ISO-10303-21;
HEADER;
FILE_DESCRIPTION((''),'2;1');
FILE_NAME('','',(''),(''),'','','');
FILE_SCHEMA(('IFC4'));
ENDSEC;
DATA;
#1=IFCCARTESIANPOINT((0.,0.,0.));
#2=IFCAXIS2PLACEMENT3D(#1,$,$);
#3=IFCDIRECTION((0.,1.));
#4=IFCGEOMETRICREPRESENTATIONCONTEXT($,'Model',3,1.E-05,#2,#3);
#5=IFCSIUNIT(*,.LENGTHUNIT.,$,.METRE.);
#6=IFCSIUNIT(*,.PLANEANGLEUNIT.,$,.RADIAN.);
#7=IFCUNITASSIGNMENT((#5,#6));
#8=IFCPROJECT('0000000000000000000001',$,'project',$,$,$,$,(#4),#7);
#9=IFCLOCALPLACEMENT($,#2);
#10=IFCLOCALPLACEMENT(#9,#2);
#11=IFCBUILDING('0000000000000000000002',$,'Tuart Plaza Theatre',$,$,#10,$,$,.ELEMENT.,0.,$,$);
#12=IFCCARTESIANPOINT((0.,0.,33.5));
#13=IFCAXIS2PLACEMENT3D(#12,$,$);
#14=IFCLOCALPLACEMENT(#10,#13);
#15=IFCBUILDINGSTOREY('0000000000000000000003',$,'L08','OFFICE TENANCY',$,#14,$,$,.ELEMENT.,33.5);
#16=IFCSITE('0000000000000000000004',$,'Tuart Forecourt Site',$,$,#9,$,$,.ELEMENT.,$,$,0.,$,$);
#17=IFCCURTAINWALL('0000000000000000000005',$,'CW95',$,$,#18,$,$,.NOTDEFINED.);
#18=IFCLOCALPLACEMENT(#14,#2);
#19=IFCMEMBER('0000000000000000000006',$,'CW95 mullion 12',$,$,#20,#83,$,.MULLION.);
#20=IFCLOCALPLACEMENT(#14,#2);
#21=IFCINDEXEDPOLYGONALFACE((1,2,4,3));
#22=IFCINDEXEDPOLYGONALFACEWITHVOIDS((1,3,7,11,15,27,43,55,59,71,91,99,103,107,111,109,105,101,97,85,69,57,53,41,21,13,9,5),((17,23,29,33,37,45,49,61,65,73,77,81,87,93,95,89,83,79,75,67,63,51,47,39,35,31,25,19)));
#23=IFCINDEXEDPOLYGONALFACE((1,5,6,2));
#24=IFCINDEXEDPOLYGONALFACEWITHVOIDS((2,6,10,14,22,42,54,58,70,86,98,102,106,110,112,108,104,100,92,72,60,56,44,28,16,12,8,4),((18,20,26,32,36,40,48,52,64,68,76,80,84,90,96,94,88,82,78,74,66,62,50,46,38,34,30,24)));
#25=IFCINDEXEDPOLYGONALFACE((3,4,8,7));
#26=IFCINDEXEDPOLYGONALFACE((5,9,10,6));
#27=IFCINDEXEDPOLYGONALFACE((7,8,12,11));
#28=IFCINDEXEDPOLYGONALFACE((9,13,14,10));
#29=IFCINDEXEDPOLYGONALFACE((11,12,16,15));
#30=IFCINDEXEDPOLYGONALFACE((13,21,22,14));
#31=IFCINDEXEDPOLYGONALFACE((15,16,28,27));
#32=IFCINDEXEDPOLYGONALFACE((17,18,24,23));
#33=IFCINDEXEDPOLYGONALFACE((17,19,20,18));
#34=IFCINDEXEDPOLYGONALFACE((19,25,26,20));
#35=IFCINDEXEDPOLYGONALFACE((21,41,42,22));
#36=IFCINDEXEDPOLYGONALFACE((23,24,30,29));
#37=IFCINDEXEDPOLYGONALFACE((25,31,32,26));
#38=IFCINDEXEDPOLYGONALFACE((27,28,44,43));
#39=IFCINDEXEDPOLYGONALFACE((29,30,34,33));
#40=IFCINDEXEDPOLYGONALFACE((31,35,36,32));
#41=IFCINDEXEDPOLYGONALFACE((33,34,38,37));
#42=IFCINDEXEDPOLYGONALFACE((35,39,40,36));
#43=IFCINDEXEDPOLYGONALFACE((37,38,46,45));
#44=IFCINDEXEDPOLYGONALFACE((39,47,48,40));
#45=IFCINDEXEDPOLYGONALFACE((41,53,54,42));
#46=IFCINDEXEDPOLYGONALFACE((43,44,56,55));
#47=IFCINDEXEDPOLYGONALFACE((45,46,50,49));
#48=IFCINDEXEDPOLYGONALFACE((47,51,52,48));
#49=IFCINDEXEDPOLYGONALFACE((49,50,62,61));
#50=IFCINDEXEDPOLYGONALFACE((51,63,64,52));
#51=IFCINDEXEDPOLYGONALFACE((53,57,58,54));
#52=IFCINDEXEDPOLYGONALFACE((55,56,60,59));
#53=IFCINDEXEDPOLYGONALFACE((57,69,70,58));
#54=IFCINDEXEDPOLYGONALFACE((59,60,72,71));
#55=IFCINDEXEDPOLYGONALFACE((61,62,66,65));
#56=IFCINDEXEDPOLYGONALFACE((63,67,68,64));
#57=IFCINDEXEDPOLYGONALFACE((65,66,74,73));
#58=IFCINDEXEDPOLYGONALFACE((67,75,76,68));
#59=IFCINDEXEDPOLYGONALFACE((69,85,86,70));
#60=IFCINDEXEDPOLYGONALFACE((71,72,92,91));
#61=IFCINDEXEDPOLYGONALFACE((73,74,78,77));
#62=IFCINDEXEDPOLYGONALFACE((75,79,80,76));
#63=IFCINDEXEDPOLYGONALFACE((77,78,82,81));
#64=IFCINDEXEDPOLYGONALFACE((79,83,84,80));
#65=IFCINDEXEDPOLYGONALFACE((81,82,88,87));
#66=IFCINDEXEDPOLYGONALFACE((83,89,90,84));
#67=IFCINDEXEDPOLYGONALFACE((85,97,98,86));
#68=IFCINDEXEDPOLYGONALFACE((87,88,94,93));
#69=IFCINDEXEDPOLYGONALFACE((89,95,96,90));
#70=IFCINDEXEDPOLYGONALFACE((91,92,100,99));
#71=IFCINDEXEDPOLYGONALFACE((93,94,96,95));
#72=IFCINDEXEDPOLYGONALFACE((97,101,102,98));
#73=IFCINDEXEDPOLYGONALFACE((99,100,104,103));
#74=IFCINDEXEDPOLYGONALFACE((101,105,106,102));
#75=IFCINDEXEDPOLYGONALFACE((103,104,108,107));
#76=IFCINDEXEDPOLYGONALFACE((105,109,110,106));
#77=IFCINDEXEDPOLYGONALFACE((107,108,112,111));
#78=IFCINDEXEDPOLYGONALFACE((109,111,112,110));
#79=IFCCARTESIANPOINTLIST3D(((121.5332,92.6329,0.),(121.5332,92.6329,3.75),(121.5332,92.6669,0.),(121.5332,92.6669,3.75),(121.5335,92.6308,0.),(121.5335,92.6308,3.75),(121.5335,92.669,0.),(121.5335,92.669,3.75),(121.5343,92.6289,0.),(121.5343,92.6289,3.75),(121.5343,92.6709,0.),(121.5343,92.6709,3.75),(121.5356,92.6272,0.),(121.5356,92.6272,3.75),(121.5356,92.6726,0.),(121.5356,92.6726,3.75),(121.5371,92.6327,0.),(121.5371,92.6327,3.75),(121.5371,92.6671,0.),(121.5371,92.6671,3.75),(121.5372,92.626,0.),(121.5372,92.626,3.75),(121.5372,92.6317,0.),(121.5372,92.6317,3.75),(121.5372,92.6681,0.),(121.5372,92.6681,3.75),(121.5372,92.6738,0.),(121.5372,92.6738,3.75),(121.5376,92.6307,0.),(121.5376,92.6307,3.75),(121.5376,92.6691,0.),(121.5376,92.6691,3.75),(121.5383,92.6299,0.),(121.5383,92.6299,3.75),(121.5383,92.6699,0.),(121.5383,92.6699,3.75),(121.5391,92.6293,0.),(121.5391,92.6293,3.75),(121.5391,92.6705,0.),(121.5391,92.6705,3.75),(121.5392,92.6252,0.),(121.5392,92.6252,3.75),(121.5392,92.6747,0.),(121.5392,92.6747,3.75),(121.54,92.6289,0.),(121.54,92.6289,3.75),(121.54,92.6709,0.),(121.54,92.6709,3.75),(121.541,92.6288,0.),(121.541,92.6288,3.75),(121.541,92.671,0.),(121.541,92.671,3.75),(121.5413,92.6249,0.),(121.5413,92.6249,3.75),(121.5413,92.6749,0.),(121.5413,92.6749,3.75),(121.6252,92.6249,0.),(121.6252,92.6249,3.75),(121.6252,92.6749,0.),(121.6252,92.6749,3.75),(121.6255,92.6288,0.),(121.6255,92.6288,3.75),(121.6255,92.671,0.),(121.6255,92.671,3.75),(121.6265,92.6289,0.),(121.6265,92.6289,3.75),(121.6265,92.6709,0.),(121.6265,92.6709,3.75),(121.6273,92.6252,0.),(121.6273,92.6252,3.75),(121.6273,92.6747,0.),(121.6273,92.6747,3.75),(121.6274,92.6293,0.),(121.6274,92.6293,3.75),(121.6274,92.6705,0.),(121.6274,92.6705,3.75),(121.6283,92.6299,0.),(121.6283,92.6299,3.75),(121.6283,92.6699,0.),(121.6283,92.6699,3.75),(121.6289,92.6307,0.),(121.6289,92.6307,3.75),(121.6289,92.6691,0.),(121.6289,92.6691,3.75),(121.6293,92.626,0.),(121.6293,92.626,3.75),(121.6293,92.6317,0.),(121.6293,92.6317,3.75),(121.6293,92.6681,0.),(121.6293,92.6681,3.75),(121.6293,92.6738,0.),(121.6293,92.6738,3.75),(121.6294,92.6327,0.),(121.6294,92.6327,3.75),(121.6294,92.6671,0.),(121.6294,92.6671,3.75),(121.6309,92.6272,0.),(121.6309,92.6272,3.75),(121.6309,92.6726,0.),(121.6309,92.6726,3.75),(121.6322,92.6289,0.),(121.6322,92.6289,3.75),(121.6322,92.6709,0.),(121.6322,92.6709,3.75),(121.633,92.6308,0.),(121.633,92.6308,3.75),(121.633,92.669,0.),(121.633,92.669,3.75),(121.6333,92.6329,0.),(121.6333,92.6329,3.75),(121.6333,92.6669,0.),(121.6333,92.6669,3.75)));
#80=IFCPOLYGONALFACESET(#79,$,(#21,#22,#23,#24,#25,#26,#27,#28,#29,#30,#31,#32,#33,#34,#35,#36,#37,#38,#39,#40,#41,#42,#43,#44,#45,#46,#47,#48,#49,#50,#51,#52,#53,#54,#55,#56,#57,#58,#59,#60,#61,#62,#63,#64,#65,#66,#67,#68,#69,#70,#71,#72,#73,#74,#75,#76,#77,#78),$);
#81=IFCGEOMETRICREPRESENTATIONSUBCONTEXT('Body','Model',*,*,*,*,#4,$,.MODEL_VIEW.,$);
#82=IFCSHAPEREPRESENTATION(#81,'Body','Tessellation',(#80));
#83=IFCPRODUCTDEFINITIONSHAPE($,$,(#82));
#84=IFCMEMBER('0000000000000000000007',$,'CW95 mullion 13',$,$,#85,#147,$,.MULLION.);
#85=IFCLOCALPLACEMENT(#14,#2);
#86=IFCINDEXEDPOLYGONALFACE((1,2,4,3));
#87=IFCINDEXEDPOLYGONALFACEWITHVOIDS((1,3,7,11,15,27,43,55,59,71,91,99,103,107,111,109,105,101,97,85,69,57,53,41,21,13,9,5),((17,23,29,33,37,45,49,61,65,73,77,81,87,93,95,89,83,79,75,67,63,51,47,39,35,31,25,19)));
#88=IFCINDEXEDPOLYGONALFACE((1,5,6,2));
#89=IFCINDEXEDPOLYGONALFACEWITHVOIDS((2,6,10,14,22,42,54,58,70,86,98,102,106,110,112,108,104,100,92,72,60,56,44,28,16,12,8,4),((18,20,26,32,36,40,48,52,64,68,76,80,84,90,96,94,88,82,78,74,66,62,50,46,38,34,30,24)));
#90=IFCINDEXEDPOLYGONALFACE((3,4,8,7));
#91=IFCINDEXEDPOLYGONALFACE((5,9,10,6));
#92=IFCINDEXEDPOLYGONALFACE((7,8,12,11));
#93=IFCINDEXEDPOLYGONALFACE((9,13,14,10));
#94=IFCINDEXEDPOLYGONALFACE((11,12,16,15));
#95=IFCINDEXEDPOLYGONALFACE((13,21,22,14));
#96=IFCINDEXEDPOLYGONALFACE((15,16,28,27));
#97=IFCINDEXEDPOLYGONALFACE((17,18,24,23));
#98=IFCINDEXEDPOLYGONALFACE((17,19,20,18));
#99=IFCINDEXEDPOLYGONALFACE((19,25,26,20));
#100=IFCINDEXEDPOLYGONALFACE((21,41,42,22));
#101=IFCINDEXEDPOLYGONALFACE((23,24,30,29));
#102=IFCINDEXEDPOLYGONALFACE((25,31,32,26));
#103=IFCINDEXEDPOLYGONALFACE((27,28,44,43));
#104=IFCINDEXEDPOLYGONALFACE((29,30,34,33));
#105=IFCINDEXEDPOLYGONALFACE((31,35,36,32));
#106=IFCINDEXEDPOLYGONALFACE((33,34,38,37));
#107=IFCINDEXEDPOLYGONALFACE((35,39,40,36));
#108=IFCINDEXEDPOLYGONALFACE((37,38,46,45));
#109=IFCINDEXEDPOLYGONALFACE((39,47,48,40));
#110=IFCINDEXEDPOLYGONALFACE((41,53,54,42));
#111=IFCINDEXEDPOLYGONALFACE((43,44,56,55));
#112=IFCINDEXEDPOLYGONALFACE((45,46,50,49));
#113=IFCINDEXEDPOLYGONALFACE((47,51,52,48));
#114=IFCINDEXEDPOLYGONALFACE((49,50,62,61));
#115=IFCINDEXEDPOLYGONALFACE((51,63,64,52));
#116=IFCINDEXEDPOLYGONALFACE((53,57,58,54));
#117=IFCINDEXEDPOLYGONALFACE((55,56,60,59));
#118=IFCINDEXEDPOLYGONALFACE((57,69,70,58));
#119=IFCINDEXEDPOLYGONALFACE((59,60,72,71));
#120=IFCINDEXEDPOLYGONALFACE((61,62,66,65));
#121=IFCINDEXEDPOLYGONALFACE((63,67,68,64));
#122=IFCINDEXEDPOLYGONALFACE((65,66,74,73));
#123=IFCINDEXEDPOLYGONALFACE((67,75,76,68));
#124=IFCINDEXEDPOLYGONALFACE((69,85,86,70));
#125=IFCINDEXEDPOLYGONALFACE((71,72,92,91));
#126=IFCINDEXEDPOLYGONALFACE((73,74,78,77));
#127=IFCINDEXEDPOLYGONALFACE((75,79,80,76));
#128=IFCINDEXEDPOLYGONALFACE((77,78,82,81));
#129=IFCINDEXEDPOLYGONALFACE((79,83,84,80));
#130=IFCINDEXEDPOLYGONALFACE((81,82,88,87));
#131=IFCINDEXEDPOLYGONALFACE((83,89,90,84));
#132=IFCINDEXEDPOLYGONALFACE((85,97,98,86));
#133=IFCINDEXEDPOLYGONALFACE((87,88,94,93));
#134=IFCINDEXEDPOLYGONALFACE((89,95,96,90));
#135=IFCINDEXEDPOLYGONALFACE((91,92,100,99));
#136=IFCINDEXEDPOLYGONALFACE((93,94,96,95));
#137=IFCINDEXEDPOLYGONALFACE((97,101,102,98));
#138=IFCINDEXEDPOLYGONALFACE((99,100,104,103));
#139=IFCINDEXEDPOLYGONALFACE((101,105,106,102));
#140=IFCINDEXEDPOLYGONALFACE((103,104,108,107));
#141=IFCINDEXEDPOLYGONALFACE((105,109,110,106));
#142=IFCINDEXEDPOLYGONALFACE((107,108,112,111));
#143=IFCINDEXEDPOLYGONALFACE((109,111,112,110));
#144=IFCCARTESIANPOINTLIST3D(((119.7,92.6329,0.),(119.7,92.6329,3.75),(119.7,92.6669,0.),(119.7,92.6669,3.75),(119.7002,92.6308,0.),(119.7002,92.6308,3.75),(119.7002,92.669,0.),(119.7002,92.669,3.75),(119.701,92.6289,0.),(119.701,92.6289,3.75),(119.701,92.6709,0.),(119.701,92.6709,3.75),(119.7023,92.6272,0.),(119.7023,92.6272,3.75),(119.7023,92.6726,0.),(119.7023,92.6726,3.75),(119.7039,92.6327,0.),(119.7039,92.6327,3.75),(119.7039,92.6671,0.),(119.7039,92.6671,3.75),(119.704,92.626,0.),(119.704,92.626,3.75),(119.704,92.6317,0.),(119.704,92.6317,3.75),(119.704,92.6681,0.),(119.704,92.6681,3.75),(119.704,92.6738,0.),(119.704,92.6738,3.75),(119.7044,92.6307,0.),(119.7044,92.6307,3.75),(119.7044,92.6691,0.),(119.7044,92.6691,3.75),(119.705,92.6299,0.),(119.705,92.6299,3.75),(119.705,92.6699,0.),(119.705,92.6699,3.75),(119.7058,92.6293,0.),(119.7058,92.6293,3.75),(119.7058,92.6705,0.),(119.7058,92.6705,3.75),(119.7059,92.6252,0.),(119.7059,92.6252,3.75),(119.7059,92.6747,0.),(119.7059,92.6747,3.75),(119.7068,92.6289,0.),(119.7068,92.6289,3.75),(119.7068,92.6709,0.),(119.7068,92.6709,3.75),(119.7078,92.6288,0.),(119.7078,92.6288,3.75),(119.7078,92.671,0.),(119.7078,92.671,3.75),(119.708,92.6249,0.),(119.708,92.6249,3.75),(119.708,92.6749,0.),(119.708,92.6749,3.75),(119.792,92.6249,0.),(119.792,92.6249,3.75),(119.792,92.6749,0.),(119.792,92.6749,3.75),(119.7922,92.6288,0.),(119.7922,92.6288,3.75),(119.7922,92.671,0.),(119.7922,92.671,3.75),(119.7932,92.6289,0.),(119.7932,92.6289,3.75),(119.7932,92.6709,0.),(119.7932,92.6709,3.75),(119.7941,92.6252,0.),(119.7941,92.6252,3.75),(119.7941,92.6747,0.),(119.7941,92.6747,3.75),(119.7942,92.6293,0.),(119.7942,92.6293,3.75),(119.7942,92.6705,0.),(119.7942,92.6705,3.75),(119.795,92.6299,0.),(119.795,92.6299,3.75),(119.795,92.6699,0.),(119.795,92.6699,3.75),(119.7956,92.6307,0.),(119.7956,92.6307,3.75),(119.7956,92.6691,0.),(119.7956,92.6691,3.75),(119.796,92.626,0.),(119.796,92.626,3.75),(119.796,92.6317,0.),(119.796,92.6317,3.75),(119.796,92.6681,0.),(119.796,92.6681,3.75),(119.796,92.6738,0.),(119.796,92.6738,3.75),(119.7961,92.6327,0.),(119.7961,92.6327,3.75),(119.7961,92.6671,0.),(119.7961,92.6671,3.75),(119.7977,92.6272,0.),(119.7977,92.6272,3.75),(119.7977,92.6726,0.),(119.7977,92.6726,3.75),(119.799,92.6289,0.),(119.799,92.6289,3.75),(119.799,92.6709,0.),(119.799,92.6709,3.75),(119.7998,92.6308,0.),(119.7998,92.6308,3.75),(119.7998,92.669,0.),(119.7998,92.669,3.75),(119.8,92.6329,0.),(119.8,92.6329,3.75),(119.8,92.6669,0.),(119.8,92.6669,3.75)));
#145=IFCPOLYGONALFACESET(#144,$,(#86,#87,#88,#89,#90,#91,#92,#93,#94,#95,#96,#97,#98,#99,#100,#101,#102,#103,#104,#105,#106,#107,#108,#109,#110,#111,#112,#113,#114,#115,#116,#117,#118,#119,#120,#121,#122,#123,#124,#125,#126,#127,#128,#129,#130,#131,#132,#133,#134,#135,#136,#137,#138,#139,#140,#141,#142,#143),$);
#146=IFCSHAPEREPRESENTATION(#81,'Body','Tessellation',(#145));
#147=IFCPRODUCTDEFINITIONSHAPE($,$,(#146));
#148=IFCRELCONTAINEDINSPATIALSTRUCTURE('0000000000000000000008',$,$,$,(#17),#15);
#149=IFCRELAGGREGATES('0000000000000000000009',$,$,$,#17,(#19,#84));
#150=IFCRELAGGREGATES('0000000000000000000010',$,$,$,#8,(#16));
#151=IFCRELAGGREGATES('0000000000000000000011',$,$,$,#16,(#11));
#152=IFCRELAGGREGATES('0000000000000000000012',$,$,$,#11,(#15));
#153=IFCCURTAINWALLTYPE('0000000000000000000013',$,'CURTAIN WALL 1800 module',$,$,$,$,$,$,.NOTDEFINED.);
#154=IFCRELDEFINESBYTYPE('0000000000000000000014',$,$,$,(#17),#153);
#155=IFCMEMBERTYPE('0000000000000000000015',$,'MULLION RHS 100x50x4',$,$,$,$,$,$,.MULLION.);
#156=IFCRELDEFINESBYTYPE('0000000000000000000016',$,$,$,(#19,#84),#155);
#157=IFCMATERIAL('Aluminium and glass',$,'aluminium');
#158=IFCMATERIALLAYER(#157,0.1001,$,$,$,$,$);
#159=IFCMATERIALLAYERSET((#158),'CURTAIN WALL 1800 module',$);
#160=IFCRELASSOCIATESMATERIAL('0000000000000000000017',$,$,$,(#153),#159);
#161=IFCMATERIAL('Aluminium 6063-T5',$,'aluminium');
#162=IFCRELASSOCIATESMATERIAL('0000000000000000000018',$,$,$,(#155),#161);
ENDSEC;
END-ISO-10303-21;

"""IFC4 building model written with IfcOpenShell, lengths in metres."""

from ifc_helpers import new_model, si_unit, direction, frame, origin, origin_2d, place, context, subcontext, project, spatial, hollow_rectangle, extrude, material, layer, layer_set, material_profile, profile_set, type_object, element, aggregate, save


model = new_model("IFC4")

# Units and contexts
model_context = context("Model", 3, precision=1e-05, world=origin(), true_north=direction((0.0, 1.0)))
body_context = subcontext(model_context, "Body", "Model", "MODEL_VIEW")
ifc_project = project(units=[si_unit("LENGTHUNIT", "METRE"), si_unit("PLANEANGLEUNIT", "RADIAN")], contexts=[model_context])

# Site, building, storey
site_placement = place(None, origin())
site = spatial("IfcSite", under=ifc_project, at=site_placement, Name="Tuart Forecourt Site", CompositionType="ELEMENT", RefElevation=0.0)
building_placement = place(site_placement, origin())
building = spatial("IfcBuilding", under=site, at=building_placement, Name="Tuart Plaza Theatre", CompositionType="ELEMENT", ElevationOfRefHeight=0.0)
storey_placement = place(building_placement, frame((0.0, 0.0, 33.5)))
storey = spatial("IfcBuildingStorey", under=building, at=storey_placement, Name="L08", Description="OFFICE TENANCY", CompositionType="ELEMENT", Elevation=33.5)

# Curtain wall, members
ifc_material_1 = material(Name="Aluminium and glass", Category="aluminium")
ifc_layer_1 = layer(ifc_material_1, 0.1001)
ifc_layer_set_1 = layer_set([ifc_layer_1], Name="CURTAIN WALL 1800 module")
curtain_wall_type = type_object("IfcCurtainWallType", Name="CURTAIN WALL 1800 module", PredefinedType="NOTDEFINED", material=ifc_layer_set_1)
curtain_wall_placement = place(storey_placement, origin())
curtain_wall = element("IfcCurtainWall", 1, at=curtain_wall_placement, inside=storey, type_object=curtain_wall_type, Name="CW95", PredefinedType="NOTDEFINED")
ifc_material_2 = material(Name="Aluminium 6063-T5", Category="aluminium")
ifc_material_profile_1 = material_profile(ifc_material_2, hollow_rectangle(XDim=0.05, YDim=0.1001, WallThickness=0.0039, InnerFilletRadius=0.0039, OuterFilletRadius=0.0081, at=origin_2d()), Name="RHS 100x50x4")
ifc_profile_set_1 = profile_set([ifc_material_profile_1], Name="Aluminium 6063-T5")
member_type_1 = type_object("IfcMemberType", Name="MULLION RHS 100x50x4", PredefinedType="MULLION", material=ifc_profile_set_1)
member_1_placement = place(storey_placement, frame((121.5833, 92.6499, 0.0), z_axis=(0.0, 0.0, 1.0), x_axis=(0.0, -1.0, 0.0)))
member_1 = element("IfcMember", 2, at=member_1_placement, type_object=member_type_1, Name="CW95 mullion 12", PredefinedType="MULLION", context=body_context, shape_type="SweptSolid", body=[
    extrude(hollow_rectangle(XDim=0.05, YDim=0.1001, WallThickness=0.0039, InnerFilletRadius=0.0039, OuterFilletRadius=0.0081, at=origin_2d()), origin(), (0.0, 0.0, 1.0), 3.75),
])
member_2_placement = place(storey_placement, frame((119.75, 92.6499, 0.0), z_axis=(0.0, 0.0, 1.0), x_axis=(0.0, -1.0, 0.0)))
member_2 = element("IfcMember", 3, at=member_2_placement, type_object=member_type_1, Name="CW95 mullion 13", PredefinedType="MULLION", context=body_context, shape_type="SweptSolid", body=[
    extrude(hollow_rectangle(XDim=0.05, YDim=0.1001, WallThickness=0.0039, InnerFilletRadius=0.0039, OuterFilletRadius=0.0081, at=origin_2d()), origin(), (0.0, 0.0, 1.0), 3.75),
])
aggregate(curtain_wall, [member_1, member_2])

save(model, "model.ifc")
